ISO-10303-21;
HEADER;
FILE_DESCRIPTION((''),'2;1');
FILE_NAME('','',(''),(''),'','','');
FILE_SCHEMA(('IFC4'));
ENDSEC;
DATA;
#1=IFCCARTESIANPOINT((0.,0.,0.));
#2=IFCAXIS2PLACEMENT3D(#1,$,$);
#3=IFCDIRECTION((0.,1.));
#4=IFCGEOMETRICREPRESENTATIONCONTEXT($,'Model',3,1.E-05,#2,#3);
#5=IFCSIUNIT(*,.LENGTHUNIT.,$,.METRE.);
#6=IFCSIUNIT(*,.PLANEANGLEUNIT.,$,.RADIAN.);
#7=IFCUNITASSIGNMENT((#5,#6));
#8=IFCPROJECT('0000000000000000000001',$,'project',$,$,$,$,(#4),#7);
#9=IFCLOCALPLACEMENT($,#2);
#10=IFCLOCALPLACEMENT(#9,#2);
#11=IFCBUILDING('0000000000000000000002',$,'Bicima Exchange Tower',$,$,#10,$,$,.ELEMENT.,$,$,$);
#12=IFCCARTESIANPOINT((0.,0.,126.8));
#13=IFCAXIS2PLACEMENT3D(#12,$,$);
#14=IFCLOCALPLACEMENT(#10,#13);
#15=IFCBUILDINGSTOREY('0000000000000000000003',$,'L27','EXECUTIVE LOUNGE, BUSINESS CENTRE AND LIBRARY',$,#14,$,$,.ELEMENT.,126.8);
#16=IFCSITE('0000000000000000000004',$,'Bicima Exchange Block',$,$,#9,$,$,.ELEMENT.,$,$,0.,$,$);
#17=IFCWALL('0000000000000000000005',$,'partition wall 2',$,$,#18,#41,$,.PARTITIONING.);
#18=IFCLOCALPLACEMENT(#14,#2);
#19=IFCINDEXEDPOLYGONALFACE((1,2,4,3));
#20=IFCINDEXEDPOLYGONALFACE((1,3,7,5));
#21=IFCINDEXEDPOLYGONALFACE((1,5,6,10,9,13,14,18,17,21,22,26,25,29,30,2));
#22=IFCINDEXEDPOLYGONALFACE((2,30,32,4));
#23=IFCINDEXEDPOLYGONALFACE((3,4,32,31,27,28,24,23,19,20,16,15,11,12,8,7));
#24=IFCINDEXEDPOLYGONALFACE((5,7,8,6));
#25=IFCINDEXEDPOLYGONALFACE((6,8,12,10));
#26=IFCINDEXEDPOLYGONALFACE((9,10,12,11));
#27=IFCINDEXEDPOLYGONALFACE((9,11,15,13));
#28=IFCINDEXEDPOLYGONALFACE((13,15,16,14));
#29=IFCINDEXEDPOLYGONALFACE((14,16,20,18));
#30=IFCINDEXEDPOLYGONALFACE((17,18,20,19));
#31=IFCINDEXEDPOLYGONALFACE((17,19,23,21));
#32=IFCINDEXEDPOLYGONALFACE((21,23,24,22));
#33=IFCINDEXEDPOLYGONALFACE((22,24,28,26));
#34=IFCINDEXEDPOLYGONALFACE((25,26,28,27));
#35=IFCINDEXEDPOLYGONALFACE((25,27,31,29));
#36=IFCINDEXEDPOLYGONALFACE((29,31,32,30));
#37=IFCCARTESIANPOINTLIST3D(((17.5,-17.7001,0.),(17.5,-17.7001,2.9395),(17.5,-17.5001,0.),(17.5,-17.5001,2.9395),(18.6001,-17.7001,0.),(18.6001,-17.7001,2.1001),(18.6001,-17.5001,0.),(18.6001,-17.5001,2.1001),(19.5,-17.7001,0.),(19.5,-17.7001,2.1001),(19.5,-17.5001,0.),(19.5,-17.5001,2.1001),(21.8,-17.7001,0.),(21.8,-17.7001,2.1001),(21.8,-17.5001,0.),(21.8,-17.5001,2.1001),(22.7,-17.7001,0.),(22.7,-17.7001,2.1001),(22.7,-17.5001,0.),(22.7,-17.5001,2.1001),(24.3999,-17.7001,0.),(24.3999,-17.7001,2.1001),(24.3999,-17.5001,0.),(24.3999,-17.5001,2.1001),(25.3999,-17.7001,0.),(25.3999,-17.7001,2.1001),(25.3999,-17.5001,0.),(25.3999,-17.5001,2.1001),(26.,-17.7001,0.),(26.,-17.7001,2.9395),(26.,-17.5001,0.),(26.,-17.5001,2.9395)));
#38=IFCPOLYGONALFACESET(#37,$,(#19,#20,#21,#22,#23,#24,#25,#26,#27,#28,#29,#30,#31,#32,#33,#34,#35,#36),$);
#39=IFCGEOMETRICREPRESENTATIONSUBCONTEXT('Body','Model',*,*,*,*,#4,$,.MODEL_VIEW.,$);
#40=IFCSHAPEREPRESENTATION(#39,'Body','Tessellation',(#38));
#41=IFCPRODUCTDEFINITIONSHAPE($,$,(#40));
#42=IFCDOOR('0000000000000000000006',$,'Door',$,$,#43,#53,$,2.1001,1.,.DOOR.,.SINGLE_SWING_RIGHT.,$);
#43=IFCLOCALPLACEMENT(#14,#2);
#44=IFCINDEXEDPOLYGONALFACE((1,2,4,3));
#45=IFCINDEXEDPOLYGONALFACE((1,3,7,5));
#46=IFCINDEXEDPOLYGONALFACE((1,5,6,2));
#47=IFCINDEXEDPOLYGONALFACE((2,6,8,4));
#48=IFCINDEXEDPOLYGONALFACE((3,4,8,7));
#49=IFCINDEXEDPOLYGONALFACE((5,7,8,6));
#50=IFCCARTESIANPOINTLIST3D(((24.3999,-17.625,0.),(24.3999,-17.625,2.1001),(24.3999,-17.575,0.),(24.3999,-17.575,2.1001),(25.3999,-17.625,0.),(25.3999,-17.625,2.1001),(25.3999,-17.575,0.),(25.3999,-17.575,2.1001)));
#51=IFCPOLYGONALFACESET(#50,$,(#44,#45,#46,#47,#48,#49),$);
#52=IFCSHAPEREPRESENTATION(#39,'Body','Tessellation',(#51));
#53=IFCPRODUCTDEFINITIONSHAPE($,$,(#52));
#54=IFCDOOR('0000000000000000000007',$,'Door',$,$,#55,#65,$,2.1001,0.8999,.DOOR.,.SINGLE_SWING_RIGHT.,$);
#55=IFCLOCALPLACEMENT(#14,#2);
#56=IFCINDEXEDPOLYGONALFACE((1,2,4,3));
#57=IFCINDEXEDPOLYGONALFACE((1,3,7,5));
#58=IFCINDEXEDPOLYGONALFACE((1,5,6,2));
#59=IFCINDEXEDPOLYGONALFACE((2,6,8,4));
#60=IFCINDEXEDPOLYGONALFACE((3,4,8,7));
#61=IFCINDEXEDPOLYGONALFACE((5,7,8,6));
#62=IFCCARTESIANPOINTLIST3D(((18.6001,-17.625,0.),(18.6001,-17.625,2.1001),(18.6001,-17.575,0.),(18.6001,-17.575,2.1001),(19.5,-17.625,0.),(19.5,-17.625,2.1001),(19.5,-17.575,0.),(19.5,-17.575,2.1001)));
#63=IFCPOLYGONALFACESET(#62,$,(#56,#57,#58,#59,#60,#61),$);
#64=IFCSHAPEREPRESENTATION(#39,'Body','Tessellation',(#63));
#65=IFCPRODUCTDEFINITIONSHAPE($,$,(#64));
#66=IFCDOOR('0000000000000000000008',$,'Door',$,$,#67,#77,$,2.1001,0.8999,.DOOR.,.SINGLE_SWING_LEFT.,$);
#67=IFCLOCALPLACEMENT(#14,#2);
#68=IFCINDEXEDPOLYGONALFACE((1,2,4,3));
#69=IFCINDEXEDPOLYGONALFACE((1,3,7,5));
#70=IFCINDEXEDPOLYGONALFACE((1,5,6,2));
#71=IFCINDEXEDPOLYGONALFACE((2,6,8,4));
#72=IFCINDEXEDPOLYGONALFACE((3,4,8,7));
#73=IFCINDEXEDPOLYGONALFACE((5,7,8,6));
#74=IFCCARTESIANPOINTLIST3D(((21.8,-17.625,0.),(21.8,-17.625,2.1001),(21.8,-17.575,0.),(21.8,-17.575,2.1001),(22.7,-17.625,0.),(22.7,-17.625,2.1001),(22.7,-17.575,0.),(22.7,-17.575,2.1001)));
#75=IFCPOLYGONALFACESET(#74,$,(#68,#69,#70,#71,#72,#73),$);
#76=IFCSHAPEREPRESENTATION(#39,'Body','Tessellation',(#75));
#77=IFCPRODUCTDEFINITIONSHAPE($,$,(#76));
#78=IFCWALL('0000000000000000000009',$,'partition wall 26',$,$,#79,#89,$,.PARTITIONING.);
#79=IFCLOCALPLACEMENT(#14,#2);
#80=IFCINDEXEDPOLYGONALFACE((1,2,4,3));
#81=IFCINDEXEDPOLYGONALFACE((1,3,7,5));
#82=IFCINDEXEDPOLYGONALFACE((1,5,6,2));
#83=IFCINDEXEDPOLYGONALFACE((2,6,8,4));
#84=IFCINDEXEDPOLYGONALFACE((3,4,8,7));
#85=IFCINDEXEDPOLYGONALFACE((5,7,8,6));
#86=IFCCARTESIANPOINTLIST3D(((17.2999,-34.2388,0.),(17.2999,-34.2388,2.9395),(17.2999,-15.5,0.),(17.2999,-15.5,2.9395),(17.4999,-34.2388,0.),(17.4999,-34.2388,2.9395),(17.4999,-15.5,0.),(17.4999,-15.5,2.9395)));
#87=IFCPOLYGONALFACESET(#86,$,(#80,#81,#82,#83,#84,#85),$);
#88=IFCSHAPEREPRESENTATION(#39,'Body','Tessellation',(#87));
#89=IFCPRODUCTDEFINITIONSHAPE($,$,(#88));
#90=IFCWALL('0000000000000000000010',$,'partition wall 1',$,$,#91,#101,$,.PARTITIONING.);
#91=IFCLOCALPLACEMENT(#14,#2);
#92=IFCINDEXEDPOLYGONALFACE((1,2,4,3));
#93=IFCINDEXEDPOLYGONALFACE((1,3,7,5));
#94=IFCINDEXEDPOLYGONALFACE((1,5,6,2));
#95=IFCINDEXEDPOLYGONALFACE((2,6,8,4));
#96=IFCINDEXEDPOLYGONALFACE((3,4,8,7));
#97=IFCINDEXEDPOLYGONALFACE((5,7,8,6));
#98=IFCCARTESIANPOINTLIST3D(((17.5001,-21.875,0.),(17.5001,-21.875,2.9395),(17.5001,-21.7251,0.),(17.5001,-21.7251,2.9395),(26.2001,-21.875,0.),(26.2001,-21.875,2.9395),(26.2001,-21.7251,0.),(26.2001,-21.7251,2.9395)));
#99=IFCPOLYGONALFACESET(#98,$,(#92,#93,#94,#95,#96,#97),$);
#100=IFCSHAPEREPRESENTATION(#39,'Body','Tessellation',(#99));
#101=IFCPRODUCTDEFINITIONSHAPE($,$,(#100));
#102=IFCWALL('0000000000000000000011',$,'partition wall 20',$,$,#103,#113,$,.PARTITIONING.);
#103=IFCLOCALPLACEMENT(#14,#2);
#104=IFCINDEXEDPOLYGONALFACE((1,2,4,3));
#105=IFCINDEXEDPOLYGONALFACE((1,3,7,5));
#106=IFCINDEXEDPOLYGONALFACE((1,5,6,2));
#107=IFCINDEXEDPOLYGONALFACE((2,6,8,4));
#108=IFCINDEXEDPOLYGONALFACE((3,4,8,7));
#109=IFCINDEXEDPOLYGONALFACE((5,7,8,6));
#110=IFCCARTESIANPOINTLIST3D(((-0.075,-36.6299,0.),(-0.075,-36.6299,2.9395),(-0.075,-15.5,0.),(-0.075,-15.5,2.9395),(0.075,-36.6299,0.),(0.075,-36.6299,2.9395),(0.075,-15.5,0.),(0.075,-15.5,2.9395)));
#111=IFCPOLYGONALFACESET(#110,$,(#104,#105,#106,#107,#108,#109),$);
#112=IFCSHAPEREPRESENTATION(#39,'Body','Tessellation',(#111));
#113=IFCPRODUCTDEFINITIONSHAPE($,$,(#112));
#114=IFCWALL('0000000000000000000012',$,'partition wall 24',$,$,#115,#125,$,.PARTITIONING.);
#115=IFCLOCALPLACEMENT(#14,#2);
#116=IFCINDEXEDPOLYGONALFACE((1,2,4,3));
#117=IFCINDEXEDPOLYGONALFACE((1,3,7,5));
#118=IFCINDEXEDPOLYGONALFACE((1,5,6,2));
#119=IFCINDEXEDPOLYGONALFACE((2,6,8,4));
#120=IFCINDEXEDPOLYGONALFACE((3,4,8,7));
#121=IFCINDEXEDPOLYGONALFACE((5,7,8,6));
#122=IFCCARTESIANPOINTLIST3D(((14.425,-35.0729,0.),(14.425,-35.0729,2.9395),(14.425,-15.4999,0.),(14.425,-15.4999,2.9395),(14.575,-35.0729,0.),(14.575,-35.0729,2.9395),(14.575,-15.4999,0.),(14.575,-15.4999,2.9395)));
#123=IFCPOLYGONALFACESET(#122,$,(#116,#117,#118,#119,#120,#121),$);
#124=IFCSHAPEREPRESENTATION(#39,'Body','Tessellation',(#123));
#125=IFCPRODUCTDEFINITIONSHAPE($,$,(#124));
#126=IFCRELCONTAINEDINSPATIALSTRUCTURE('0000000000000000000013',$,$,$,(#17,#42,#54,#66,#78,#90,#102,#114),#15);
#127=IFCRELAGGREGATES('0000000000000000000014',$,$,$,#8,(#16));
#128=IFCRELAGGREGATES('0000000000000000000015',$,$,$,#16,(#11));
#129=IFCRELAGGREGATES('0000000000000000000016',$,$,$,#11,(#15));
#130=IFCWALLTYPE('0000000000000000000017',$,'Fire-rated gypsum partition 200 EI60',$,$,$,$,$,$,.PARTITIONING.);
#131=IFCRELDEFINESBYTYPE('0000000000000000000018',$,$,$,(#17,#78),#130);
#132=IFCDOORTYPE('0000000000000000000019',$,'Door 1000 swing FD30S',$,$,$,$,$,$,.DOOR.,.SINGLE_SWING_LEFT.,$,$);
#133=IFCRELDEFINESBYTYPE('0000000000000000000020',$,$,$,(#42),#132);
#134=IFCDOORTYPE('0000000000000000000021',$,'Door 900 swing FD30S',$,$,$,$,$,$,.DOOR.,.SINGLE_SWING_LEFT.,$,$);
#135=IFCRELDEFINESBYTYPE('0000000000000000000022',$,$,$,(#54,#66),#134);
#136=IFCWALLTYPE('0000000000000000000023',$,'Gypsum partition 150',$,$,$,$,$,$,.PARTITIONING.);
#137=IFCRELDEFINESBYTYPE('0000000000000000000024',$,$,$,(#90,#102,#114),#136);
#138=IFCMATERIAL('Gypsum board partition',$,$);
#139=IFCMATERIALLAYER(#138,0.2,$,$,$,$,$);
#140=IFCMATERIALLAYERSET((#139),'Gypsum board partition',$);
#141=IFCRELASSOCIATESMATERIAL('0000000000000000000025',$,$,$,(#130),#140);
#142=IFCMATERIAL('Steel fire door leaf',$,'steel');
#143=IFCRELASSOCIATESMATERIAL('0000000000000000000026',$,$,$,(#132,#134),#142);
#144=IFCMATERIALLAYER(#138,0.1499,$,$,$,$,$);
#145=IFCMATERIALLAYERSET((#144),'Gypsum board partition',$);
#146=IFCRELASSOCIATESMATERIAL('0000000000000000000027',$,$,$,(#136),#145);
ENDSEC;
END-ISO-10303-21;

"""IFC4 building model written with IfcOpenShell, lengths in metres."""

from ifc_helpers import new_model, si_unit, direction, frame, frame_2d, origin, place, context, subcontext, project, spatial, rectangle, extrude, material, layer, layer_set, type_object, element, fill, save


model = new_model("IFC4")

# Units and contexts
model_context = context("Model", 3, precision=1e-05, world=origin(), true_north=direction((0.0, 1.0)))
body_context = subcontext(model_context, "Body", "Model", "MODEL_VIEW")
ifc_project = project(units=[si_unit("LENGTHUNIT", "METRE"), si_unit("PLANEANGLEUNIT", "RADIAN")], contexts=[model_context])

# Site, building, storey
site_placement = place(None, origin())
site = spatial("IfcSite", under=ifc_project, at=site_placement, Name="Bicima Exchange Block", CompositionType="ELEMENT", RefElevation=0.0)
building_placement = place(site_placement, origin())
building = spatial("IfcBuilding", under=site, at=building_placement, Name="Bicima Exchange Tower", CompositionType="ELEMENT")
storey_placement = place(building_placement, frame((0.0, 0.0, 126.8)))
storey = spatial("IfcBuildingStorey", under=building, at=storey_placement, Name="L27", Description="EXECUTIVE LOUNGE, BUSINESS CENTRE AND LIBRARY", CompositionType="ELEMENT", Elevation=126.8)

# Wall, openings, doors
ifc_material_1 = material(Name="Gypsum board partition")
ifc_layer_1 = layer(ifc_material_1, 0.2)
ifc_layer_set_1 = layer_set([ifc_layer_1], Name="Gypsum board partition")
wall_type_1 = type_object("IfcWallType", Name="Fire-rated gypsum partition 200 EI60", PredefinedType="PARTITIONING", material=ifc_layer_set_1)
wall_1_placement = place(storey_placement, frame((17.5, -17.6001, 0.0), z_axis=(0.0, 0.0, 1.0), x_axis=(1.0, 0.0, 0.0)))
wall_1 = element("IfcWall", 1, at=wall_1_placement, inside=storey, type_object=wall_type_1, Name="partition wall 2", PredefinedType="PARTITIONING", context=body_context, shape_type="SweptSolid", body=[
    extrude(rectangle(XDim=8.5, YDim=0.2, at=frame_2d((4.25, 0.0))), origin(), (0.0, 0.0, 1.0), 2.9395),
])
opening_1_placement = place(wall_1_placement, frame((1.1001, 0.0, 0.0)))
opening_1 = element("IfcOpeningElement", 2, at=opening_1_placement, cuts=wall_1, PredefinedType="OPENING", context=body_context, shape_type="SweptSolid", body=[
    extrude(rectangle(XDim=0.8999, YDim=2.1001, at=frame_2d((0.45, 1.05))), frame((0.0, 0.1118, 0.0), z_axis=(0.0, -1.0, 0.0), x_axis=(1.0, 0.0, 0.0)), (0.0, 0.0, 1.0), 0.2239),
])
opening_2_placement = place(wall_1_placement, frame((4.3, 0.0, 0.0)))
opening_2 = element("IfcOpeningElement", 3, at=opening_2_placement, cuts=wall_1, PredefinedType="OPENING", context=body_context, shape_type="SweptSolid", body=[
    extrude(rectangle(XDim=0.8999, YDim=2.1001, at=frame_2d((0.45, 1.05))), frame((0.0, 0.1118, 0.0), z_axis=(0.0, -1.0, 0.0), x_axis=(1.0, 0.0, 0.0)), (0.0, 0.0, 1.0), 0.2239),
])
opening_3_placement = place(wall_1_placement, frame((6.8999, 0.0, 0.0)))
opening_3 = element("IfcOpeningElement", 4, at=opening_3_placement, cuts=wall_1, PredefinedType="OPENING", context=body_context, shape_type="SweptSolid", body=[
    extrude(rectangle(XDim=1.0, YDim=2.1001, at=frame_2d((0.5, 1.05))), frame((0.0, 0.1118, 0.0), z_axis=(0.0, -1.0, 0.0), x_axis=(1.0, 0.0, 0.0)), (0.0, 0.0, 1.0), 0.2239),
])
ifc_material_2 = material(Name="Steel fire door leaf", Category="steel")
door_type_1 = type_object("IfcDoorType", Name="Door 1000 swing FD30S", OperationType="SINGLE_SWING_LEFT", PredefinedType="DOOR", material=ifc_material_2)
door_1_placement = place(opening_3_placement, frame((1.0, 0.0, 0.0), z_axis=(0.0, 0.0, 1.0), x_axis=(-1.0, 0.0, 0.0)))
door_1 = element("IfcDoor", 5, at=door_1_placement, inside=storey, type_object=door_type_1, Name="Door", OperationType="SINGLE_SWING_RIGHT", OverallHeight=2.1001, OverallWidth=1.0, PredefinedType="DOOR", context=body_context, shape_type="SweptSolid", body=[
    extrude(rectangle(XDim=1.0, YDim=2.1001, at=frame_2d((0.5, 1.05))), frame((0.0, 0.0249, 0.0), z_axis=(0.0, -1.0, 0.0), x_axis=(1.0, 0.0, 0.0)), (0.0, 0.0, 1.0), 0.05),
])
fill(opening_3, door_1)
door_type_2 = type_object("IfcDoorType", Name="Door 900 swing FD30S", OperationType="SINGLE_SWING_LEFT", PredefinedType="DOOR", material=ifc_material_2)
door_2_placement = place(opening_1_placement, frame((0.8999, 0.0, 0.0), z_axis=(0.0, 0.0, 1.0), x_axis=(-1.0, 0.0, 0.0)))
door_2 = element("IfcDoor", 6, at=door_2_placement, inside=storey, type_object=door_type_2, Name="Door", OperationType="SINGLE_SWING_RIGHT", OverallHeight=2.1001, OverallWidth=0.8999, PredefinedType="DOOR", context=body_context, shape_type="SweptSolid", body=[
    extrude(rectangle(XDim=0.8999, YDim=2.1001, at=frame_2d((0.45, 1.05))), frame((0.0, 0.0249, 0.0), z_axis=(0.0, -1.0, 0.0), x_axis=(1.0, 0.0, 0.0)), (0.0, 0.0, 1.0), 0.05),
])
fill(opening_1, door_2)
door_3_placement = place(opening_2_placement, frame((0.8999, 0.0, 0.0), z_axis=(0.0, 0.0, 1.0), x_axis=(-1.0, 0.0, 0.0)))
door_3 = element("IfcDoor", 7, at=door_3_placement, inside=storey, type_object=door_type_2, Name="Door", OperationType="SINGLE_SWING_LEFT", OverallHeight=2.1001, OverallWidth=0.8999, PredefinedType="DOOR", context=body_context, shape_type="SweptSolid", body=[
    extrude(rectangle(XDim=0.8999, YDim=2.1001, at=frame_2d((0.45, 1.05))), frame((0.0, 0.0249, 0.0), z_axis=(0.0, -1.0, 0.0), x_axis=(1.0, 0.0, 0.0)), (0.0, 0.0, 1.0), 0.05),
])
fill(opening_2, door_3)

# Walls
wall_2_placement = place(storey_placement, frame((17.3999, -34.2388, 0.0), z_axis=(0.0, 0.0, 1.0), x_axis=(0.0, 1.0, 0.0)))
element("IfcWall", 8, at=wall_2_placement, inside=storey, type_object=wall_type_1, Name="partition wall 26", PredefinedType="PARTITIONING", context=body_context, shape_type="SweptSolid", body=[
    extrude(rectangle(XDim=18.7388, YDim=0.2, at=frame_2d((9.3694, 0.0))), origin(), (0.0, 0.0, 1.0), 2.9395),
])
ifc_layer_2 = layer(ifc_material_1, 0.1499)
ifc_layer_set_2 = layer_set([ifc_layer_2], Name="Gypsum board partition")
wall_type_2 = type_object("IfcWallType", Name="Gypsum partition 150", PredefinedType="PARTITIONING", material=ifc_layer_set_2)
wall_3_placement = place(storey_placement, frame((17.5, -21.8, 0.0), z_axis=(0.0, 0.0, 1.0), x_axis=(1.0, 0.0, 0.0)))
element("IfcWall", 9, at=wall_3_placement, inside=storey, type_object=wall_type_2, Name="partition wall 1", PredefinedType="PARTITIONING", context=body_context, shape_type="SweptSolid", body=[
    extrude(rectangle(XDim=8.7, YDim=0.1499, at=frame_2d((4.3501, 0.0))), origin(), (0.0, 0.0, 1.0), 2.9395),
])
wall_4_placement = place(storey_placement, frame((0.0, -36.6299, 0.0), z_axis=(0.0, 0.0, 1.0), x_axis=(0.0, 1.0, 0.0)))
element("IfcWall", 10, at=wall_4_placement, inside=storey, type_object=wall_type_2, Name="partition wall 20", PredefinedType="PARTITIONING", context=body_context, shape_type="SweptSolid", body=[
    extrude(rectangle(XDim=21.1299, YDim=0.1499, at=frame_2d((10.5649, 0.0))), origin(), (0.0, 0.0, 1.0), 2.9395),
])
wall_5_placement = place(storey_placement, frame((14.5, -35.073, 0.0), z_axis=(0.0, 0.0, 1.0), x_axis=(0.0, 1.0, 0.0)))
element("IfcWall", 11, at=wall_5_placement, inside=storey, type_object=wall_type_2, Name="partition wall 24", PredefinedType="PARTITIONING", context=body_context, shape_type="SweptSolid", body=[
    extrude(rectangle(XDim=19.573, YDim=0.1499, at=frame_2d((9.7866, 0.0))), origin(), (0.0, 0.0, 1.0), 2.9395),
])

save(model, "model.ifc")
